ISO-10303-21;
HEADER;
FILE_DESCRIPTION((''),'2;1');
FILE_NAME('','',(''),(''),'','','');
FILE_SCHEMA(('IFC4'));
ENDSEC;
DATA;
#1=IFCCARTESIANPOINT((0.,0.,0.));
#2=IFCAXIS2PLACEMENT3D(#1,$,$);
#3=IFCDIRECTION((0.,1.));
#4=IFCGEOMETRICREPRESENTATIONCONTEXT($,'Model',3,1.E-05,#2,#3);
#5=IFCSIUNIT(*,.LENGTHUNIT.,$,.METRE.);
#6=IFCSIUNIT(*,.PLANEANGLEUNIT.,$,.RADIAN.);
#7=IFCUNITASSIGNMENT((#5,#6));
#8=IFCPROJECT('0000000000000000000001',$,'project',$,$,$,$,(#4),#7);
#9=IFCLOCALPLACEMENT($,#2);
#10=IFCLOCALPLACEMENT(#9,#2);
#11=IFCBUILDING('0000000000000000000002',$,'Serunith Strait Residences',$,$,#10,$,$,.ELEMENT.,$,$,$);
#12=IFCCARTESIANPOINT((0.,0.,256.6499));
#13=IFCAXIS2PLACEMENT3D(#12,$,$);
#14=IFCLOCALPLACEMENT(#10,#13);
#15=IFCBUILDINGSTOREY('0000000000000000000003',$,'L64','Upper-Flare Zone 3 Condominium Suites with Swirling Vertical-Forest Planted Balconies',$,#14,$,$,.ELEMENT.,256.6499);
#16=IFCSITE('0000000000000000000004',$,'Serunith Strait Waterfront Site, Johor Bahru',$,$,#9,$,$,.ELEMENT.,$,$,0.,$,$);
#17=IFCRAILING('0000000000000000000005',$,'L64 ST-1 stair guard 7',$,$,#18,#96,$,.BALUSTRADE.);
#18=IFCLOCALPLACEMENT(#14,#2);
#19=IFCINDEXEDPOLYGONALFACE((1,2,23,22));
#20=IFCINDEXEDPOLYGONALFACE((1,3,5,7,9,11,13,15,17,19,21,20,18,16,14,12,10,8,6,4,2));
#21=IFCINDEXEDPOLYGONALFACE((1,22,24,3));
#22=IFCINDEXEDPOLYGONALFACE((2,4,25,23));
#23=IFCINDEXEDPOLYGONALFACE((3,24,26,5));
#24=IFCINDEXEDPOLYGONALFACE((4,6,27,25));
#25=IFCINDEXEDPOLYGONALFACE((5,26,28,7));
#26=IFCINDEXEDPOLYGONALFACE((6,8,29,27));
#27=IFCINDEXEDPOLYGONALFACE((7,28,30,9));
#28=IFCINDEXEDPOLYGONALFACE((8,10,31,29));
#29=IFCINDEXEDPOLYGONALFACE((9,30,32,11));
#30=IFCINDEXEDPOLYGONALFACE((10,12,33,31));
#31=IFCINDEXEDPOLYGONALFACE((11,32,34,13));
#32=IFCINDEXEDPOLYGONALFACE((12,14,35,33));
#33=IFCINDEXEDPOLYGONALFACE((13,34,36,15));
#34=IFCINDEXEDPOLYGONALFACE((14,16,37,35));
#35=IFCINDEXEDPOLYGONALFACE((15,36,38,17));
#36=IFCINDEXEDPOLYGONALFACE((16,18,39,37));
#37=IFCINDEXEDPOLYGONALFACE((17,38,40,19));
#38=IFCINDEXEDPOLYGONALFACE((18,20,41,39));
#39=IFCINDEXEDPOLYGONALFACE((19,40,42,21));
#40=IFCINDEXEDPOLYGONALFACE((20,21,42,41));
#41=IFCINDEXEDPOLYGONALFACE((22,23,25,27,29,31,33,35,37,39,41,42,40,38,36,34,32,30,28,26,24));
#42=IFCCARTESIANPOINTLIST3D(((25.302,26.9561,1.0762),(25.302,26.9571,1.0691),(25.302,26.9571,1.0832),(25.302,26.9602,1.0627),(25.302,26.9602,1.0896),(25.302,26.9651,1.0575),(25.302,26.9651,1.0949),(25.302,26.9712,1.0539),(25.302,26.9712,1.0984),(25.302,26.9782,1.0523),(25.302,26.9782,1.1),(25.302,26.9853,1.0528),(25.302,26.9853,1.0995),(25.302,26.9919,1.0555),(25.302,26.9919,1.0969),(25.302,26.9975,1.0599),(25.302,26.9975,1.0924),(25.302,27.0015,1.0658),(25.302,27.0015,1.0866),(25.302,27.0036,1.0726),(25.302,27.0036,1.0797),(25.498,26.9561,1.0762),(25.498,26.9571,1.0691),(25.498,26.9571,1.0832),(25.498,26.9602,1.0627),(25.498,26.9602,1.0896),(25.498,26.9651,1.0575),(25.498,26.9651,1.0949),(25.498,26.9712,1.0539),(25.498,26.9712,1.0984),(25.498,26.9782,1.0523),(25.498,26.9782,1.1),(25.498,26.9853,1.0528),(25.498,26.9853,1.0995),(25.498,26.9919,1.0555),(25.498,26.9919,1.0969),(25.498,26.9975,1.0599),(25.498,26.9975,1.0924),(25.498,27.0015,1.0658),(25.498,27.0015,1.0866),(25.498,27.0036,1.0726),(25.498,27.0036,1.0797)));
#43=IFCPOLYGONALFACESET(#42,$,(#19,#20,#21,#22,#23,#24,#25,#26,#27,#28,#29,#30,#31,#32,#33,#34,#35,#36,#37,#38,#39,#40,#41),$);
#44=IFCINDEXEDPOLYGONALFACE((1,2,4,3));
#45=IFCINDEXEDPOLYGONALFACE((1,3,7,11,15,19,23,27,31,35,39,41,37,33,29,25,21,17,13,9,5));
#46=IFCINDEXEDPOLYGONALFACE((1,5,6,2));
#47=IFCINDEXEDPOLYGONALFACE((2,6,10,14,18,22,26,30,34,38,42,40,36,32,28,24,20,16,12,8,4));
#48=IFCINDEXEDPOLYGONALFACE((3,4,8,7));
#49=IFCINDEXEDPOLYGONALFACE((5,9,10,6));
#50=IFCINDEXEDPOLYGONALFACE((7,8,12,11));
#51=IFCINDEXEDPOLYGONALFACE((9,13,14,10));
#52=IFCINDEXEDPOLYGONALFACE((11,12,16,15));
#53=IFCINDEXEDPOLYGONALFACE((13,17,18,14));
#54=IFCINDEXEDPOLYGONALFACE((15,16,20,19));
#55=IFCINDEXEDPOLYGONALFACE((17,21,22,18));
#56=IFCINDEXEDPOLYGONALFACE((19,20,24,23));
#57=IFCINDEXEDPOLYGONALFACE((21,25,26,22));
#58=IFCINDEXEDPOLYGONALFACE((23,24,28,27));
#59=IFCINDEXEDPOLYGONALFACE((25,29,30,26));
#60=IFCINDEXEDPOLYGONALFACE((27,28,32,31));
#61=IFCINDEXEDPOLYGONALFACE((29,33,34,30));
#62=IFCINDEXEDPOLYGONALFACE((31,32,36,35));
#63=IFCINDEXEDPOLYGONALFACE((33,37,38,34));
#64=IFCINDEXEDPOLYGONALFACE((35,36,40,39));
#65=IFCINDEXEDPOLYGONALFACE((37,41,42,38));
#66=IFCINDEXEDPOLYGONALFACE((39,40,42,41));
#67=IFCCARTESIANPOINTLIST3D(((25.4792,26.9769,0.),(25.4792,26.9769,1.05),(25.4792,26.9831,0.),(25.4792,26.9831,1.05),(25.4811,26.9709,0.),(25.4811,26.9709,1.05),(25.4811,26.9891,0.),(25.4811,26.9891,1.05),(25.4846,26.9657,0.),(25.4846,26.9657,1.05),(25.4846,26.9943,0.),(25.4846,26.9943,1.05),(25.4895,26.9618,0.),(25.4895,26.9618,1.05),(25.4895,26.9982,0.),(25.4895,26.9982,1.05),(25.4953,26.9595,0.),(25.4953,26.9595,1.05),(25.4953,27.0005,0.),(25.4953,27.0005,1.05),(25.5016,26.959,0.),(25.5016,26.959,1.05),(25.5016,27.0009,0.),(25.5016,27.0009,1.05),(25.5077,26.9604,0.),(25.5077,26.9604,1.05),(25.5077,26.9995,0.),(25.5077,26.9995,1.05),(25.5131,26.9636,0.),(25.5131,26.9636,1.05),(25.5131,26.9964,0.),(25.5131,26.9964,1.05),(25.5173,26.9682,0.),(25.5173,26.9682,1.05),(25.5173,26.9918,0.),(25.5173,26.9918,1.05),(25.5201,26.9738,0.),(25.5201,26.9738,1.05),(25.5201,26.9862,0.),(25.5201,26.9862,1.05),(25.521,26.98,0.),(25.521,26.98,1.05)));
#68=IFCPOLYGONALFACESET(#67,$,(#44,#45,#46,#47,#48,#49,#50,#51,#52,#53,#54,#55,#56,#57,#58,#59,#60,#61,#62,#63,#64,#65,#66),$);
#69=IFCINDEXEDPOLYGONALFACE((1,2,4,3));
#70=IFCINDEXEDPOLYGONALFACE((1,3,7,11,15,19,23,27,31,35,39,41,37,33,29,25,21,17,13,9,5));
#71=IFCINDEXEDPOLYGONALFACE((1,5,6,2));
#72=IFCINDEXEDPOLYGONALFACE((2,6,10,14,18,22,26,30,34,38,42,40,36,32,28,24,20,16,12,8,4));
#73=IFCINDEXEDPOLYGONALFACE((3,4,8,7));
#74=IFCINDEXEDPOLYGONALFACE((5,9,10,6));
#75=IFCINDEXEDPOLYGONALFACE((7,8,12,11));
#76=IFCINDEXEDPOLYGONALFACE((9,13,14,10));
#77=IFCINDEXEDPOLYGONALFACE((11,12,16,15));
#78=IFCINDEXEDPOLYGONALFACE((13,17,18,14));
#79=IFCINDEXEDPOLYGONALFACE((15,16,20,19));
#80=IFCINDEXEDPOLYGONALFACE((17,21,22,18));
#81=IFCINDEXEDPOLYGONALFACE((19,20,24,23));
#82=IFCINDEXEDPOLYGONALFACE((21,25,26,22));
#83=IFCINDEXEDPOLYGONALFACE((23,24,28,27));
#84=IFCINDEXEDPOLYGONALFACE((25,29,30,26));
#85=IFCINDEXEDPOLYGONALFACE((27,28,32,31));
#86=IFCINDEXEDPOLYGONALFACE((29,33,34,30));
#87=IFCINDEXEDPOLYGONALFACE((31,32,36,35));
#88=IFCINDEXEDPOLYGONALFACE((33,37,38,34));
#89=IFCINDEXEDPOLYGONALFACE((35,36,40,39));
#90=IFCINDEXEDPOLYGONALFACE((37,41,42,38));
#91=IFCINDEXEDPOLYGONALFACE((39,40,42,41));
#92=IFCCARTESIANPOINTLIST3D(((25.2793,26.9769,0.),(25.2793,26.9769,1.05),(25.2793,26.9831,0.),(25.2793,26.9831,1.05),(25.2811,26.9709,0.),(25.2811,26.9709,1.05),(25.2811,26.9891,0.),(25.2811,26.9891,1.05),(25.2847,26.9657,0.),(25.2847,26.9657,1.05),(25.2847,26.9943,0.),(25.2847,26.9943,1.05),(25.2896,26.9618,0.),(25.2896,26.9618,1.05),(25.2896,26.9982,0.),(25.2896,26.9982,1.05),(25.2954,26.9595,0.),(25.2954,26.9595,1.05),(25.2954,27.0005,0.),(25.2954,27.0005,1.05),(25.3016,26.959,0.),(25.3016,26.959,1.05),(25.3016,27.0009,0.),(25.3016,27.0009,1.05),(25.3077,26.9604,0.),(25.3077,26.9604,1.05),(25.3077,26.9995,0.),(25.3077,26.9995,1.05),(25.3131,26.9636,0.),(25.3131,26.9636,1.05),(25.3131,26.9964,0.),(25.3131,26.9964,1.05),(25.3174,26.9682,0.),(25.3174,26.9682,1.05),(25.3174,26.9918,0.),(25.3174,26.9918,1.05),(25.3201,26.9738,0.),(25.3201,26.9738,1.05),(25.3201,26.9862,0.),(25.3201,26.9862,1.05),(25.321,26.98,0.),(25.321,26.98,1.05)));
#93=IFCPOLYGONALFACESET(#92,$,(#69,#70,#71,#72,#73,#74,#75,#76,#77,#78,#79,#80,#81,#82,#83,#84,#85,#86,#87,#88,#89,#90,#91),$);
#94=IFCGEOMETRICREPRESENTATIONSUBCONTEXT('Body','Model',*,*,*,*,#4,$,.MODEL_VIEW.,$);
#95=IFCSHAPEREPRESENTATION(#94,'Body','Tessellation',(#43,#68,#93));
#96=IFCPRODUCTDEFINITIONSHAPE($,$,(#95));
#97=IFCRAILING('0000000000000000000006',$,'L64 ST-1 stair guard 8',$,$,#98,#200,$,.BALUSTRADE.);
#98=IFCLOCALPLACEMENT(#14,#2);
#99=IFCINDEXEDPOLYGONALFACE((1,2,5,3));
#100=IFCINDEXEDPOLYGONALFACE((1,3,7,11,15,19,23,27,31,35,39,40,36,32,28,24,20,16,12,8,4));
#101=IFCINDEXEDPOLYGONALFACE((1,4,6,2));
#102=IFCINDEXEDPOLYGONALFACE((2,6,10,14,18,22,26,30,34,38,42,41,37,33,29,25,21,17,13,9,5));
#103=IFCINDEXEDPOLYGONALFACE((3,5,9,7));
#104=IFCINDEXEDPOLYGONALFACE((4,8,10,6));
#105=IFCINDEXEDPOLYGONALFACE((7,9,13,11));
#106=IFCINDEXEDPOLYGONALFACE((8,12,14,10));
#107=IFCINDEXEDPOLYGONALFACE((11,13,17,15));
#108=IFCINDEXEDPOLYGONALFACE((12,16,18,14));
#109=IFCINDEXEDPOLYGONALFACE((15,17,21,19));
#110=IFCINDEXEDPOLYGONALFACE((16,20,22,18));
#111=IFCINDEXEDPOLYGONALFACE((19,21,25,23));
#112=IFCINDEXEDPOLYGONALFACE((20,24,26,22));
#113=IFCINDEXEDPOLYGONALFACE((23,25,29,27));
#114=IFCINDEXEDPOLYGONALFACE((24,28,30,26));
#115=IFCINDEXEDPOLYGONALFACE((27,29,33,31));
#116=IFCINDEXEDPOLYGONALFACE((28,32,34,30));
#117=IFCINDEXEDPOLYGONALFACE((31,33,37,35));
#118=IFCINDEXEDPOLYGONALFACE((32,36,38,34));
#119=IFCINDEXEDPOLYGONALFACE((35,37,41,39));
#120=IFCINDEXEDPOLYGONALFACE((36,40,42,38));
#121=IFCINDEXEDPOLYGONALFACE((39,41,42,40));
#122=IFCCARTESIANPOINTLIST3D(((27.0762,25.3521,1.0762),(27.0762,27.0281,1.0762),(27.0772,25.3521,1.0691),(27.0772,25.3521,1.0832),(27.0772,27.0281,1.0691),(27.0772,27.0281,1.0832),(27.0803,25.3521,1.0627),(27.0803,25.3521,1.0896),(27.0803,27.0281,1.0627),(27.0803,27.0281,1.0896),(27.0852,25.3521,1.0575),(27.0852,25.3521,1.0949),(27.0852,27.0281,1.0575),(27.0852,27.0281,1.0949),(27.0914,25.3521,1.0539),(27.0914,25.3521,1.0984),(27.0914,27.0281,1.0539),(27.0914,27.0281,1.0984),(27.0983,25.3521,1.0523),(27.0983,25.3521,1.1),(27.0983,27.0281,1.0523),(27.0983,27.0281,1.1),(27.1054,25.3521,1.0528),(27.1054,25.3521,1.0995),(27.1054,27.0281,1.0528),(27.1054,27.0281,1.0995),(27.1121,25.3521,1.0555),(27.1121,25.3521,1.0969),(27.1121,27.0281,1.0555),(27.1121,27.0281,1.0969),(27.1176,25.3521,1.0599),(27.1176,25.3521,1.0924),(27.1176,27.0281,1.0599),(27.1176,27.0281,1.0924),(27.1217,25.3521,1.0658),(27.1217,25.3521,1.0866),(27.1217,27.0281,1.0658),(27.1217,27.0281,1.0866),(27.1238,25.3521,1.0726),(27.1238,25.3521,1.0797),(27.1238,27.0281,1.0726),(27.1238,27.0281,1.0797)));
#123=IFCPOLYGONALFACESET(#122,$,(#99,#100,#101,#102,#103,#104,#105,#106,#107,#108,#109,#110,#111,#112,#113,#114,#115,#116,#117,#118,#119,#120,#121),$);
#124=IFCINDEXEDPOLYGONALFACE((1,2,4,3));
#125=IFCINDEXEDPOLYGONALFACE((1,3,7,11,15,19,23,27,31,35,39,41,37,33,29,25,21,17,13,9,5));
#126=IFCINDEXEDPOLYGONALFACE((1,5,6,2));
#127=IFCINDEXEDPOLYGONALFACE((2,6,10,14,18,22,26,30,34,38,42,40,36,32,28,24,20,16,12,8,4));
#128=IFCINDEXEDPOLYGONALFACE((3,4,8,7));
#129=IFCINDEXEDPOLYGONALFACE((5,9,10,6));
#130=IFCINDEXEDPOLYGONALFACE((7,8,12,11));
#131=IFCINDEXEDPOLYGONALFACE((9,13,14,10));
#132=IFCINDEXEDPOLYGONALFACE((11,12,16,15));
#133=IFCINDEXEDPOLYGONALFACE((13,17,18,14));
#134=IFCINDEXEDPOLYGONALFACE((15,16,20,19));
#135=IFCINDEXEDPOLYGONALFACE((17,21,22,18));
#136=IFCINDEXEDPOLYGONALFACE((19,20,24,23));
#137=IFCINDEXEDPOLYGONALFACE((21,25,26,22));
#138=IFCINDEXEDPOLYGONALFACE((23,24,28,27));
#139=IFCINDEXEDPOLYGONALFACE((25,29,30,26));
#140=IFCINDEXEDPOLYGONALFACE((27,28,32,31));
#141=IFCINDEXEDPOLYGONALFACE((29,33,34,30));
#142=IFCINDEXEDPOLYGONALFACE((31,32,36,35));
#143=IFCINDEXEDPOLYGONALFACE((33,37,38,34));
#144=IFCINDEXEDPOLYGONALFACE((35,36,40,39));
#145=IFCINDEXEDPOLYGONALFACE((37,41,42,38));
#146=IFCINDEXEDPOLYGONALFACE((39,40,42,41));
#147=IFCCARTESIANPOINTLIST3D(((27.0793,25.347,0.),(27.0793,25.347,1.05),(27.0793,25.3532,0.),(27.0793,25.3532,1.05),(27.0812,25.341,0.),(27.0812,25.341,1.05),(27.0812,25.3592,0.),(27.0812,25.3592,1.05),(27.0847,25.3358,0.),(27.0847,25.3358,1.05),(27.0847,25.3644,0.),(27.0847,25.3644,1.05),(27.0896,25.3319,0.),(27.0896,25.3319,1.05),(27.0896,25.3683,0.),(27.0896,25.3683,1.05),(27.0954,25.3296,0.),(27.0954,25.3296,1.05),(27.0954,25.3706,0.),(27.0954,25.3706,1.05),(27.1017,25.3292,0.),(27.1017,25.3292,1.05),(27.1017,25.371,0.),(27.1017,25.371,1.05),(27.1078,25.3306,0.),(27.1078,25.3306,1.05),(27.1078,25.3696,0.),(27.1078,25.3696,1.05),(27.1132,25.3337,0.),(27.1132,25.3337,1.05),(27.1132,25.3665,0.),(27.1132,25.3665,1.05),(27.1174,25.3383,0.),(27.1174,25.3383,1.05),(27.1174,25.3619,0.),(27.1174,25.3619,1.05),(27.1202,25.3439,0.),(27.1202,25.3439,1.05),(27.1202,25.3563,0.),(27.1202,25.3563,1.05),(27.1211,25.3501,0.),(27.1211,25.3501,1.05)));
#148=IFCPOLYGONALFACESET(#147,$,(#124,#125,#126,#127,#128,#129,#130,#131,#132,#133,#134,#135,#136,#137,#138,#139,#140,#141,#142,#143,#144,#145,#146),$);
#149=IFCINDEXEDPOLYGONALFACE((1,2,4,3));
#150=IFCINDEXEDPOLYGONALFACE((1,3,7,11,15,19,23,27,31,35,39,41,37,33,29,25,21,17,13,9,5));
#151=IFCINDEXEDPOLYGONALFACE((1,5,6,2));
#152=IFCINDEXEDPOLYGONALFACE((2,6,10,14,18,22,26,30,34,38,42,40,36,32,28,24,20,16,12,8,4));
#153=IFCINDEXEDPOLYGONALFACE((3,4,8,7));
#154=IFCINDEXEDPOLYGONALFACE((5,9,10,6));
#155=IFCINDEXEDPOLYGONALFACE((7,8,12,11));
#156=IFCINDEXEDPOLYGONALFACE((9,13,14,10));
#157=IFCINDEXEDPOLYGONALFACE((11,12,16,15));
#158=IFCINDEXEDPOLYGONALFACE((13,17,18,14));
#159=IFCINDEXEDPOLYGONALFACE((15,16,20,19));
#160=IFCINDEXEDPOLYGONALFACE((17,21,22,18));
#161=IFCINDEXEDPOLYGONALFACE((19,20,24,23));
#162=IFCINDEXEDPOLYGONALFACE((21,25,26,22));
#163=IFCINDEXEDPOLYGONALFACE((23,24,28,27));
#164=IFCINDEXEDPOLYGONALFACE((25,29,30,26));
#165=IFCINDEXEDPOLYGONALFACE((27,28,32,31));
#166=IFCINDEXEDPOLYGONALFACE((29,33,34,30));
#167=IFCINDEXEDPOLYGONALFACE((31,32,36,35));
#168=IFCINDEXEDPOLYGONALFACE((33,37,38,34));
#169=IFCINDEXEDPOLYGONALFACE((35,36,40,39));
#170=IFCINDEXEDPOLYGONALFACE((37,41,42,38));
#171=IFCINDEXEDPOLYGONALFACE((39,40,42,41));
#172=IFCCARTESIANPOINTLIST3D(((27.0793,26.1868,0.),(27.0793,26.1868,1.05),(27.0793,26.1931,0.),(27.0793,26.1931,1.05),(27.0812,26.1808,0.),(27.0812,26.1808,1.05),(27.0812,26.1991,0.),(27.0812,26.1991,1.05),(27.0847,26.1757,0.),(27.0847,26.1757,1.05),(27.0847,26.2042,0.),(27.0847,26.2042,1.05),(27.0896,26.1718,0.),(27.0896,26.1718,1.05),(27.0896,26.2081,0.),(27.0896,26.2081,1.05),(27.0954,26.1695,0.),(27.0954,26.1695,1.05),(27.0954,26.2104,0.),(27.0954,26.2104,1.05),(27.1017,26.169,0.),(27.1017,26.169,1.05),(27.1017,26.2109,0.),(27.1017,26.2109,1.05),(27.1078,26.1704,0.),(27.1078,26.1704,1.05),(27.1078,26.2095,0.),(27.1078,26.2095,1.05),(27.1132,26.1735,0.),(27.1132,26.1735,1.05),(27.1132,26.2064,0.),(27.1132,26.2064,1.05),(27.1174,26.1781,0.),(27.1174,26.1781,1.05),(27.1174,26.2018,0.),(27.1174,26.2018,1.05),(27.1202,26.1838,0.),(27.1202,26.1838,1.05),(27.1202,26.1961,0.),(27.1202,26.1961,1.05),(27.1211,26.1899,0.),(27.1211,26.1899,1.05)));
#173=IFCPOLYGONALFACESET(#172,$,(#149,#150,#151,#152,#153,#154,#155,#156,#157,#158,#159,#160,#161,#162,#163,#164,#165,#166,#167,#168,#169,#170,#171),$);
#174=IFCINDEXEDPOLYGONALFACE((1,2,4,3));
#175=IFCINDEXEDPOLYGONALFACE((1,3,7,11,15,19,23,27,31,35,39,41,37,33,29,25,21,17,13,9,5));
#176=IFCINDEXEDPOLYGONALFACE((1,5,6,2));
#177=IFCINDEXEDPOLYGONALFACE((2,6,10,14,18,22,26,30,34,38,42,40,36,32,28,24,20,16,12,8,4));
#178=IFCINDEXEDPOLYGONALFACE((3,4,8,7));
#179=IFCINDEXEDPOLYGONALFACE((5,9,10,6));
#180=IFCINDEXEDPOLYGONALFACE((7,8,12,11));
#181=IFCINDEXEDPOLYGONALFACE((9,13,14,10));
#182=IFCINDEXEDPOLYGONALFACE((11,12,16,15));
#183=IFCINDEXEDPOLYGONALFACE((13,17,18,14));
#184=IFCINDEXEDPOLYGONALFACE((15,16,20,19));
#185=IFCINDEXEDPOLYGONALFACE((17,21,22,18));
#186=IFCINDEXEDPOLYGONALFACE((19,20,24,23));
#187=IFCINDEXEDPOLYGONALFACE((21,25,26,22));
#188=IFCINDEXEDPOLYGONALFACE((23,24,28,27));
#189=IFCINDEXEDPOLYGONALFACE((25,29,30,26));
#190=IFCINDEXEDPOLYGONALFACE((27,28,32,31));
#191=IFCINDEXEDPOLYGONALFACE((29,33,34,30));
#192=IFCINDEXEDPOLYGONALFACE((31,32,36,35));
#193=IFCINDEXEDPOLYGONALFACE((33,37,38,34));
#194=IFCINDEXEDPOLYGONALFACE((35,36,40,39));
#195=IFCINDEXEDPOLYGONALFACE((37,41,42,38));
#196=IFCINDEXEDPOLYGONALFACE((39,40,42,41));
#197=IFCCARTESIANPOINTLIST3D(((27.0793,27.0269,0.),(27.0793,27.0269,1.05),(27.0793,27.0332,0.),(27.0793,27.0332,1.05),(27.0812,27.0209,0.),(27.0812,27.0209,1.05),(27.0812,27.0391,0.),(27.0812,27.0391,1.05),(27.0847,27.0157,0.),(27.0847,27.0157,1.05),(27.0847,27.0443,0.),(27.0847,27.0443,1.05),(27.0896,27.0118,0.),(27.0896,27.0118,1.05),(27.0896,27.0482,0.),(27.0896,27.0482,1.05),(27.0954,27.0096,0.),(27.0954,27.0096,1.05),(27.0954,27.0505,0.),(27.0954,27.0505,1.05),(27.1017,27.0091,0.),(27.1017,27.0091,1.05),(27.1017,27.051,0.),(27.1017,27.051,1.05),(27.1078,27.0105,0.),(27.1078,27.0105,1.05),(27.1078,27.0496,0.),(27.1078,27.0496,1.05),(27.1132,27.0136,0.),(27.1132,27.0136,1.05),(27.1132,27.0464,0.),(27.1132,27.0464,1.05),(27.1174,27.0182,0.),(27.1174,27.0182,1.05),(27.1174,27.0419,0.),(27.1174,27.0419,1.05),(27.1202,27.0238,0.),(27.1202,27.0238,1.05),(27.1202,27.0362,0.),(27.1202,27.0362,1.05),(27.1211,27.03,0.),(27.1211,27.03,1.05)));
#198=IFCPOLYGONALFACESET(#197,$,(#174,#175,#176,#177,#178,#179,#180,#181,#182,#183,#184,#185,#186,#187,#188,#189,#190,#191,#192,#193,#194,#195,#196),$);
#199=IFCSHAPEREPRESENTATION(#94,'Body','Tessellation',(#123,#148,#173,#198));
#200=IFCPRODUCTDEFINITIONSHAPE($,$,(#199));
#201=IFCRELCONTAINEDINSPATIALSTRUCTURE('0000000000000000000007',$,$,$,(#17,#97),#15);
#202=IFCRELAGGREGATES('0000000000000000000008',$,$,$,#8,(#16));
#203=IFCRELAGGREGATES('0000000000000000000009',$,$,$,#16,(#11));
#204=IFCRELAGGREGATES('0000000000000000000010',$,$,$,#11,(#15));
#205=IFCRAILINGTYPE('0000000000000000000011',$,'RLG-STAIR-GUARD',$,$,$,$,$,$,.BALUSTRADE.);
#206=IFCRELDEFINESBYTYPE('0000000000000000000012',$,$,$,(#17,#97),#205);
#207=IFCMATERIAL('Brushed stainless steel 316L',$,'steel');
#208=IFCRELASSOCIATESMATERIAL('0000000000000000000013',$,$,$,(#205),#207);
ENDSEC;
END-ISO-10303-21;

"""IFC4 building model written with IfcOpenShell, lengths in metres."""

from ifc_helpers import new_model, si_unit, direction, frame, origin, origin_2d, place, context, subcontext, project, spatial, circle, extrude, material, type_object, element, save


model = new_model("IFC4")

# Units and contexts
model_context = context("Model", 3, precision=1e-05, world=origin(), true_north=direction((0.0, 1.0)))
body_context = subcontext(model_context, "Body", "Model", "MODEL_VIEW")
ifc_project = project(units=[si_unit("LENGTHUNIT", "METRE"), si_unit("PLANEANGLEUNIT", "RADIAN")], contexts=[model_context])

# Site, building, storey
site_placement = place(None, origin())
site = spatial("IfcSite", under=ifc_project, at=site_placement, Name="Serunith Strait Waterfront Site, Johor Bahru", CompositionType="ELEMENT", RefElevation=0.0)
building_placement = place(site_placement, origin())
building = spatial("IfcBuilding", under=site, at=building_placement, Name="Serunith Strait Residences", CompositionType="ELEMENT")
storey_placement = place(building_placement, frame((0.0, 0.0, 256.6499)))
storey = spatial("IfcBuildingStorey", under=building, at=storey_placement, Name="L64", Description="Upper-Flare Zone 3 Condominium Suites with Swirling Vertical-Forest Planted Balconies", CompositionType="ELEMENT", Elevation=256.6499)

# Railings
ifc_material_1 = material(Name="Brushed stainless steel 316L", Category="steel")
railing_type_1 = type_object("IfcRailingType", Name="RLG-STAIR-GUARD", PredefinedType="BALUSTRADE", material=ifc_material_1)
railing_1_placement = place(storey_placement, frame((25.5, 26.98, 0.0)))
element("IfcRailing", 1, at=railing_1_placement, inside=storey, type_object=railing_type_1, Name="L64 ST-1 stair guard 7", PredefinedType="BALUSTRADE", context=body_context, shape_type="SweptSolid", body=[
    extrude(circle(Radius=0.0239, at=origin_2d()), frame((-0.002, 0.0, 1.0762), z_axis=(-1.0, 0.0, 0.0), x_axis=(0.0, -1.0, 0.0)), (0.0, 0.0, 1.0), 0.196),
    extrude(circle(Radius=0.021, at=origin_2d()), origin(), (0.0, 0.0, 1.0), 1.05),
    extrude(circle(Radius=0.021, at=origin_2d()), frame((-0.2, 0.0, 0.0)), (0.0, 0.0, 1.0), 1.05),
])
for number, where, name in (
    (2, (27.1001, 25.3501, 0.0), "L64 ST-1 stair guard 8"),
):
    element("IfcRailing", number, at=place(storey_placement, frame(where)), inside=storey, type_object=railing_type_1, Name=name, PredefinedType="BALUSTRADE", context=body_context, shape_type="SweptSolid", body=[
        extrude(circle(Radius=0.0239, at=origin_2d()), frame((0.0, 0.002, 1.0762), z_axis=(0.0, 1.0, 0.0), x_axis=(-1.0, 0.0, 0.0)), (0.0, 0.0, 1.0), 1.676),
        extrude(circle(Radius=0.021, at=origin_2d()), origin(), (0.0, 0.0, 1.0), 1.05),
        extrude(circle(Radius=0.021, at=origin_2d()), frame((0.0, 0.8398, 0.0)), (0.0, 0.0, 1.0), 1.05),
        extrude(circle(Radius=0.021, at=origin_2d()), frame((0.0, 1.6799, 0.0)), (0.0, 0.0, 1.0), 1.05),
    ])

save(model, "model.ifc")
